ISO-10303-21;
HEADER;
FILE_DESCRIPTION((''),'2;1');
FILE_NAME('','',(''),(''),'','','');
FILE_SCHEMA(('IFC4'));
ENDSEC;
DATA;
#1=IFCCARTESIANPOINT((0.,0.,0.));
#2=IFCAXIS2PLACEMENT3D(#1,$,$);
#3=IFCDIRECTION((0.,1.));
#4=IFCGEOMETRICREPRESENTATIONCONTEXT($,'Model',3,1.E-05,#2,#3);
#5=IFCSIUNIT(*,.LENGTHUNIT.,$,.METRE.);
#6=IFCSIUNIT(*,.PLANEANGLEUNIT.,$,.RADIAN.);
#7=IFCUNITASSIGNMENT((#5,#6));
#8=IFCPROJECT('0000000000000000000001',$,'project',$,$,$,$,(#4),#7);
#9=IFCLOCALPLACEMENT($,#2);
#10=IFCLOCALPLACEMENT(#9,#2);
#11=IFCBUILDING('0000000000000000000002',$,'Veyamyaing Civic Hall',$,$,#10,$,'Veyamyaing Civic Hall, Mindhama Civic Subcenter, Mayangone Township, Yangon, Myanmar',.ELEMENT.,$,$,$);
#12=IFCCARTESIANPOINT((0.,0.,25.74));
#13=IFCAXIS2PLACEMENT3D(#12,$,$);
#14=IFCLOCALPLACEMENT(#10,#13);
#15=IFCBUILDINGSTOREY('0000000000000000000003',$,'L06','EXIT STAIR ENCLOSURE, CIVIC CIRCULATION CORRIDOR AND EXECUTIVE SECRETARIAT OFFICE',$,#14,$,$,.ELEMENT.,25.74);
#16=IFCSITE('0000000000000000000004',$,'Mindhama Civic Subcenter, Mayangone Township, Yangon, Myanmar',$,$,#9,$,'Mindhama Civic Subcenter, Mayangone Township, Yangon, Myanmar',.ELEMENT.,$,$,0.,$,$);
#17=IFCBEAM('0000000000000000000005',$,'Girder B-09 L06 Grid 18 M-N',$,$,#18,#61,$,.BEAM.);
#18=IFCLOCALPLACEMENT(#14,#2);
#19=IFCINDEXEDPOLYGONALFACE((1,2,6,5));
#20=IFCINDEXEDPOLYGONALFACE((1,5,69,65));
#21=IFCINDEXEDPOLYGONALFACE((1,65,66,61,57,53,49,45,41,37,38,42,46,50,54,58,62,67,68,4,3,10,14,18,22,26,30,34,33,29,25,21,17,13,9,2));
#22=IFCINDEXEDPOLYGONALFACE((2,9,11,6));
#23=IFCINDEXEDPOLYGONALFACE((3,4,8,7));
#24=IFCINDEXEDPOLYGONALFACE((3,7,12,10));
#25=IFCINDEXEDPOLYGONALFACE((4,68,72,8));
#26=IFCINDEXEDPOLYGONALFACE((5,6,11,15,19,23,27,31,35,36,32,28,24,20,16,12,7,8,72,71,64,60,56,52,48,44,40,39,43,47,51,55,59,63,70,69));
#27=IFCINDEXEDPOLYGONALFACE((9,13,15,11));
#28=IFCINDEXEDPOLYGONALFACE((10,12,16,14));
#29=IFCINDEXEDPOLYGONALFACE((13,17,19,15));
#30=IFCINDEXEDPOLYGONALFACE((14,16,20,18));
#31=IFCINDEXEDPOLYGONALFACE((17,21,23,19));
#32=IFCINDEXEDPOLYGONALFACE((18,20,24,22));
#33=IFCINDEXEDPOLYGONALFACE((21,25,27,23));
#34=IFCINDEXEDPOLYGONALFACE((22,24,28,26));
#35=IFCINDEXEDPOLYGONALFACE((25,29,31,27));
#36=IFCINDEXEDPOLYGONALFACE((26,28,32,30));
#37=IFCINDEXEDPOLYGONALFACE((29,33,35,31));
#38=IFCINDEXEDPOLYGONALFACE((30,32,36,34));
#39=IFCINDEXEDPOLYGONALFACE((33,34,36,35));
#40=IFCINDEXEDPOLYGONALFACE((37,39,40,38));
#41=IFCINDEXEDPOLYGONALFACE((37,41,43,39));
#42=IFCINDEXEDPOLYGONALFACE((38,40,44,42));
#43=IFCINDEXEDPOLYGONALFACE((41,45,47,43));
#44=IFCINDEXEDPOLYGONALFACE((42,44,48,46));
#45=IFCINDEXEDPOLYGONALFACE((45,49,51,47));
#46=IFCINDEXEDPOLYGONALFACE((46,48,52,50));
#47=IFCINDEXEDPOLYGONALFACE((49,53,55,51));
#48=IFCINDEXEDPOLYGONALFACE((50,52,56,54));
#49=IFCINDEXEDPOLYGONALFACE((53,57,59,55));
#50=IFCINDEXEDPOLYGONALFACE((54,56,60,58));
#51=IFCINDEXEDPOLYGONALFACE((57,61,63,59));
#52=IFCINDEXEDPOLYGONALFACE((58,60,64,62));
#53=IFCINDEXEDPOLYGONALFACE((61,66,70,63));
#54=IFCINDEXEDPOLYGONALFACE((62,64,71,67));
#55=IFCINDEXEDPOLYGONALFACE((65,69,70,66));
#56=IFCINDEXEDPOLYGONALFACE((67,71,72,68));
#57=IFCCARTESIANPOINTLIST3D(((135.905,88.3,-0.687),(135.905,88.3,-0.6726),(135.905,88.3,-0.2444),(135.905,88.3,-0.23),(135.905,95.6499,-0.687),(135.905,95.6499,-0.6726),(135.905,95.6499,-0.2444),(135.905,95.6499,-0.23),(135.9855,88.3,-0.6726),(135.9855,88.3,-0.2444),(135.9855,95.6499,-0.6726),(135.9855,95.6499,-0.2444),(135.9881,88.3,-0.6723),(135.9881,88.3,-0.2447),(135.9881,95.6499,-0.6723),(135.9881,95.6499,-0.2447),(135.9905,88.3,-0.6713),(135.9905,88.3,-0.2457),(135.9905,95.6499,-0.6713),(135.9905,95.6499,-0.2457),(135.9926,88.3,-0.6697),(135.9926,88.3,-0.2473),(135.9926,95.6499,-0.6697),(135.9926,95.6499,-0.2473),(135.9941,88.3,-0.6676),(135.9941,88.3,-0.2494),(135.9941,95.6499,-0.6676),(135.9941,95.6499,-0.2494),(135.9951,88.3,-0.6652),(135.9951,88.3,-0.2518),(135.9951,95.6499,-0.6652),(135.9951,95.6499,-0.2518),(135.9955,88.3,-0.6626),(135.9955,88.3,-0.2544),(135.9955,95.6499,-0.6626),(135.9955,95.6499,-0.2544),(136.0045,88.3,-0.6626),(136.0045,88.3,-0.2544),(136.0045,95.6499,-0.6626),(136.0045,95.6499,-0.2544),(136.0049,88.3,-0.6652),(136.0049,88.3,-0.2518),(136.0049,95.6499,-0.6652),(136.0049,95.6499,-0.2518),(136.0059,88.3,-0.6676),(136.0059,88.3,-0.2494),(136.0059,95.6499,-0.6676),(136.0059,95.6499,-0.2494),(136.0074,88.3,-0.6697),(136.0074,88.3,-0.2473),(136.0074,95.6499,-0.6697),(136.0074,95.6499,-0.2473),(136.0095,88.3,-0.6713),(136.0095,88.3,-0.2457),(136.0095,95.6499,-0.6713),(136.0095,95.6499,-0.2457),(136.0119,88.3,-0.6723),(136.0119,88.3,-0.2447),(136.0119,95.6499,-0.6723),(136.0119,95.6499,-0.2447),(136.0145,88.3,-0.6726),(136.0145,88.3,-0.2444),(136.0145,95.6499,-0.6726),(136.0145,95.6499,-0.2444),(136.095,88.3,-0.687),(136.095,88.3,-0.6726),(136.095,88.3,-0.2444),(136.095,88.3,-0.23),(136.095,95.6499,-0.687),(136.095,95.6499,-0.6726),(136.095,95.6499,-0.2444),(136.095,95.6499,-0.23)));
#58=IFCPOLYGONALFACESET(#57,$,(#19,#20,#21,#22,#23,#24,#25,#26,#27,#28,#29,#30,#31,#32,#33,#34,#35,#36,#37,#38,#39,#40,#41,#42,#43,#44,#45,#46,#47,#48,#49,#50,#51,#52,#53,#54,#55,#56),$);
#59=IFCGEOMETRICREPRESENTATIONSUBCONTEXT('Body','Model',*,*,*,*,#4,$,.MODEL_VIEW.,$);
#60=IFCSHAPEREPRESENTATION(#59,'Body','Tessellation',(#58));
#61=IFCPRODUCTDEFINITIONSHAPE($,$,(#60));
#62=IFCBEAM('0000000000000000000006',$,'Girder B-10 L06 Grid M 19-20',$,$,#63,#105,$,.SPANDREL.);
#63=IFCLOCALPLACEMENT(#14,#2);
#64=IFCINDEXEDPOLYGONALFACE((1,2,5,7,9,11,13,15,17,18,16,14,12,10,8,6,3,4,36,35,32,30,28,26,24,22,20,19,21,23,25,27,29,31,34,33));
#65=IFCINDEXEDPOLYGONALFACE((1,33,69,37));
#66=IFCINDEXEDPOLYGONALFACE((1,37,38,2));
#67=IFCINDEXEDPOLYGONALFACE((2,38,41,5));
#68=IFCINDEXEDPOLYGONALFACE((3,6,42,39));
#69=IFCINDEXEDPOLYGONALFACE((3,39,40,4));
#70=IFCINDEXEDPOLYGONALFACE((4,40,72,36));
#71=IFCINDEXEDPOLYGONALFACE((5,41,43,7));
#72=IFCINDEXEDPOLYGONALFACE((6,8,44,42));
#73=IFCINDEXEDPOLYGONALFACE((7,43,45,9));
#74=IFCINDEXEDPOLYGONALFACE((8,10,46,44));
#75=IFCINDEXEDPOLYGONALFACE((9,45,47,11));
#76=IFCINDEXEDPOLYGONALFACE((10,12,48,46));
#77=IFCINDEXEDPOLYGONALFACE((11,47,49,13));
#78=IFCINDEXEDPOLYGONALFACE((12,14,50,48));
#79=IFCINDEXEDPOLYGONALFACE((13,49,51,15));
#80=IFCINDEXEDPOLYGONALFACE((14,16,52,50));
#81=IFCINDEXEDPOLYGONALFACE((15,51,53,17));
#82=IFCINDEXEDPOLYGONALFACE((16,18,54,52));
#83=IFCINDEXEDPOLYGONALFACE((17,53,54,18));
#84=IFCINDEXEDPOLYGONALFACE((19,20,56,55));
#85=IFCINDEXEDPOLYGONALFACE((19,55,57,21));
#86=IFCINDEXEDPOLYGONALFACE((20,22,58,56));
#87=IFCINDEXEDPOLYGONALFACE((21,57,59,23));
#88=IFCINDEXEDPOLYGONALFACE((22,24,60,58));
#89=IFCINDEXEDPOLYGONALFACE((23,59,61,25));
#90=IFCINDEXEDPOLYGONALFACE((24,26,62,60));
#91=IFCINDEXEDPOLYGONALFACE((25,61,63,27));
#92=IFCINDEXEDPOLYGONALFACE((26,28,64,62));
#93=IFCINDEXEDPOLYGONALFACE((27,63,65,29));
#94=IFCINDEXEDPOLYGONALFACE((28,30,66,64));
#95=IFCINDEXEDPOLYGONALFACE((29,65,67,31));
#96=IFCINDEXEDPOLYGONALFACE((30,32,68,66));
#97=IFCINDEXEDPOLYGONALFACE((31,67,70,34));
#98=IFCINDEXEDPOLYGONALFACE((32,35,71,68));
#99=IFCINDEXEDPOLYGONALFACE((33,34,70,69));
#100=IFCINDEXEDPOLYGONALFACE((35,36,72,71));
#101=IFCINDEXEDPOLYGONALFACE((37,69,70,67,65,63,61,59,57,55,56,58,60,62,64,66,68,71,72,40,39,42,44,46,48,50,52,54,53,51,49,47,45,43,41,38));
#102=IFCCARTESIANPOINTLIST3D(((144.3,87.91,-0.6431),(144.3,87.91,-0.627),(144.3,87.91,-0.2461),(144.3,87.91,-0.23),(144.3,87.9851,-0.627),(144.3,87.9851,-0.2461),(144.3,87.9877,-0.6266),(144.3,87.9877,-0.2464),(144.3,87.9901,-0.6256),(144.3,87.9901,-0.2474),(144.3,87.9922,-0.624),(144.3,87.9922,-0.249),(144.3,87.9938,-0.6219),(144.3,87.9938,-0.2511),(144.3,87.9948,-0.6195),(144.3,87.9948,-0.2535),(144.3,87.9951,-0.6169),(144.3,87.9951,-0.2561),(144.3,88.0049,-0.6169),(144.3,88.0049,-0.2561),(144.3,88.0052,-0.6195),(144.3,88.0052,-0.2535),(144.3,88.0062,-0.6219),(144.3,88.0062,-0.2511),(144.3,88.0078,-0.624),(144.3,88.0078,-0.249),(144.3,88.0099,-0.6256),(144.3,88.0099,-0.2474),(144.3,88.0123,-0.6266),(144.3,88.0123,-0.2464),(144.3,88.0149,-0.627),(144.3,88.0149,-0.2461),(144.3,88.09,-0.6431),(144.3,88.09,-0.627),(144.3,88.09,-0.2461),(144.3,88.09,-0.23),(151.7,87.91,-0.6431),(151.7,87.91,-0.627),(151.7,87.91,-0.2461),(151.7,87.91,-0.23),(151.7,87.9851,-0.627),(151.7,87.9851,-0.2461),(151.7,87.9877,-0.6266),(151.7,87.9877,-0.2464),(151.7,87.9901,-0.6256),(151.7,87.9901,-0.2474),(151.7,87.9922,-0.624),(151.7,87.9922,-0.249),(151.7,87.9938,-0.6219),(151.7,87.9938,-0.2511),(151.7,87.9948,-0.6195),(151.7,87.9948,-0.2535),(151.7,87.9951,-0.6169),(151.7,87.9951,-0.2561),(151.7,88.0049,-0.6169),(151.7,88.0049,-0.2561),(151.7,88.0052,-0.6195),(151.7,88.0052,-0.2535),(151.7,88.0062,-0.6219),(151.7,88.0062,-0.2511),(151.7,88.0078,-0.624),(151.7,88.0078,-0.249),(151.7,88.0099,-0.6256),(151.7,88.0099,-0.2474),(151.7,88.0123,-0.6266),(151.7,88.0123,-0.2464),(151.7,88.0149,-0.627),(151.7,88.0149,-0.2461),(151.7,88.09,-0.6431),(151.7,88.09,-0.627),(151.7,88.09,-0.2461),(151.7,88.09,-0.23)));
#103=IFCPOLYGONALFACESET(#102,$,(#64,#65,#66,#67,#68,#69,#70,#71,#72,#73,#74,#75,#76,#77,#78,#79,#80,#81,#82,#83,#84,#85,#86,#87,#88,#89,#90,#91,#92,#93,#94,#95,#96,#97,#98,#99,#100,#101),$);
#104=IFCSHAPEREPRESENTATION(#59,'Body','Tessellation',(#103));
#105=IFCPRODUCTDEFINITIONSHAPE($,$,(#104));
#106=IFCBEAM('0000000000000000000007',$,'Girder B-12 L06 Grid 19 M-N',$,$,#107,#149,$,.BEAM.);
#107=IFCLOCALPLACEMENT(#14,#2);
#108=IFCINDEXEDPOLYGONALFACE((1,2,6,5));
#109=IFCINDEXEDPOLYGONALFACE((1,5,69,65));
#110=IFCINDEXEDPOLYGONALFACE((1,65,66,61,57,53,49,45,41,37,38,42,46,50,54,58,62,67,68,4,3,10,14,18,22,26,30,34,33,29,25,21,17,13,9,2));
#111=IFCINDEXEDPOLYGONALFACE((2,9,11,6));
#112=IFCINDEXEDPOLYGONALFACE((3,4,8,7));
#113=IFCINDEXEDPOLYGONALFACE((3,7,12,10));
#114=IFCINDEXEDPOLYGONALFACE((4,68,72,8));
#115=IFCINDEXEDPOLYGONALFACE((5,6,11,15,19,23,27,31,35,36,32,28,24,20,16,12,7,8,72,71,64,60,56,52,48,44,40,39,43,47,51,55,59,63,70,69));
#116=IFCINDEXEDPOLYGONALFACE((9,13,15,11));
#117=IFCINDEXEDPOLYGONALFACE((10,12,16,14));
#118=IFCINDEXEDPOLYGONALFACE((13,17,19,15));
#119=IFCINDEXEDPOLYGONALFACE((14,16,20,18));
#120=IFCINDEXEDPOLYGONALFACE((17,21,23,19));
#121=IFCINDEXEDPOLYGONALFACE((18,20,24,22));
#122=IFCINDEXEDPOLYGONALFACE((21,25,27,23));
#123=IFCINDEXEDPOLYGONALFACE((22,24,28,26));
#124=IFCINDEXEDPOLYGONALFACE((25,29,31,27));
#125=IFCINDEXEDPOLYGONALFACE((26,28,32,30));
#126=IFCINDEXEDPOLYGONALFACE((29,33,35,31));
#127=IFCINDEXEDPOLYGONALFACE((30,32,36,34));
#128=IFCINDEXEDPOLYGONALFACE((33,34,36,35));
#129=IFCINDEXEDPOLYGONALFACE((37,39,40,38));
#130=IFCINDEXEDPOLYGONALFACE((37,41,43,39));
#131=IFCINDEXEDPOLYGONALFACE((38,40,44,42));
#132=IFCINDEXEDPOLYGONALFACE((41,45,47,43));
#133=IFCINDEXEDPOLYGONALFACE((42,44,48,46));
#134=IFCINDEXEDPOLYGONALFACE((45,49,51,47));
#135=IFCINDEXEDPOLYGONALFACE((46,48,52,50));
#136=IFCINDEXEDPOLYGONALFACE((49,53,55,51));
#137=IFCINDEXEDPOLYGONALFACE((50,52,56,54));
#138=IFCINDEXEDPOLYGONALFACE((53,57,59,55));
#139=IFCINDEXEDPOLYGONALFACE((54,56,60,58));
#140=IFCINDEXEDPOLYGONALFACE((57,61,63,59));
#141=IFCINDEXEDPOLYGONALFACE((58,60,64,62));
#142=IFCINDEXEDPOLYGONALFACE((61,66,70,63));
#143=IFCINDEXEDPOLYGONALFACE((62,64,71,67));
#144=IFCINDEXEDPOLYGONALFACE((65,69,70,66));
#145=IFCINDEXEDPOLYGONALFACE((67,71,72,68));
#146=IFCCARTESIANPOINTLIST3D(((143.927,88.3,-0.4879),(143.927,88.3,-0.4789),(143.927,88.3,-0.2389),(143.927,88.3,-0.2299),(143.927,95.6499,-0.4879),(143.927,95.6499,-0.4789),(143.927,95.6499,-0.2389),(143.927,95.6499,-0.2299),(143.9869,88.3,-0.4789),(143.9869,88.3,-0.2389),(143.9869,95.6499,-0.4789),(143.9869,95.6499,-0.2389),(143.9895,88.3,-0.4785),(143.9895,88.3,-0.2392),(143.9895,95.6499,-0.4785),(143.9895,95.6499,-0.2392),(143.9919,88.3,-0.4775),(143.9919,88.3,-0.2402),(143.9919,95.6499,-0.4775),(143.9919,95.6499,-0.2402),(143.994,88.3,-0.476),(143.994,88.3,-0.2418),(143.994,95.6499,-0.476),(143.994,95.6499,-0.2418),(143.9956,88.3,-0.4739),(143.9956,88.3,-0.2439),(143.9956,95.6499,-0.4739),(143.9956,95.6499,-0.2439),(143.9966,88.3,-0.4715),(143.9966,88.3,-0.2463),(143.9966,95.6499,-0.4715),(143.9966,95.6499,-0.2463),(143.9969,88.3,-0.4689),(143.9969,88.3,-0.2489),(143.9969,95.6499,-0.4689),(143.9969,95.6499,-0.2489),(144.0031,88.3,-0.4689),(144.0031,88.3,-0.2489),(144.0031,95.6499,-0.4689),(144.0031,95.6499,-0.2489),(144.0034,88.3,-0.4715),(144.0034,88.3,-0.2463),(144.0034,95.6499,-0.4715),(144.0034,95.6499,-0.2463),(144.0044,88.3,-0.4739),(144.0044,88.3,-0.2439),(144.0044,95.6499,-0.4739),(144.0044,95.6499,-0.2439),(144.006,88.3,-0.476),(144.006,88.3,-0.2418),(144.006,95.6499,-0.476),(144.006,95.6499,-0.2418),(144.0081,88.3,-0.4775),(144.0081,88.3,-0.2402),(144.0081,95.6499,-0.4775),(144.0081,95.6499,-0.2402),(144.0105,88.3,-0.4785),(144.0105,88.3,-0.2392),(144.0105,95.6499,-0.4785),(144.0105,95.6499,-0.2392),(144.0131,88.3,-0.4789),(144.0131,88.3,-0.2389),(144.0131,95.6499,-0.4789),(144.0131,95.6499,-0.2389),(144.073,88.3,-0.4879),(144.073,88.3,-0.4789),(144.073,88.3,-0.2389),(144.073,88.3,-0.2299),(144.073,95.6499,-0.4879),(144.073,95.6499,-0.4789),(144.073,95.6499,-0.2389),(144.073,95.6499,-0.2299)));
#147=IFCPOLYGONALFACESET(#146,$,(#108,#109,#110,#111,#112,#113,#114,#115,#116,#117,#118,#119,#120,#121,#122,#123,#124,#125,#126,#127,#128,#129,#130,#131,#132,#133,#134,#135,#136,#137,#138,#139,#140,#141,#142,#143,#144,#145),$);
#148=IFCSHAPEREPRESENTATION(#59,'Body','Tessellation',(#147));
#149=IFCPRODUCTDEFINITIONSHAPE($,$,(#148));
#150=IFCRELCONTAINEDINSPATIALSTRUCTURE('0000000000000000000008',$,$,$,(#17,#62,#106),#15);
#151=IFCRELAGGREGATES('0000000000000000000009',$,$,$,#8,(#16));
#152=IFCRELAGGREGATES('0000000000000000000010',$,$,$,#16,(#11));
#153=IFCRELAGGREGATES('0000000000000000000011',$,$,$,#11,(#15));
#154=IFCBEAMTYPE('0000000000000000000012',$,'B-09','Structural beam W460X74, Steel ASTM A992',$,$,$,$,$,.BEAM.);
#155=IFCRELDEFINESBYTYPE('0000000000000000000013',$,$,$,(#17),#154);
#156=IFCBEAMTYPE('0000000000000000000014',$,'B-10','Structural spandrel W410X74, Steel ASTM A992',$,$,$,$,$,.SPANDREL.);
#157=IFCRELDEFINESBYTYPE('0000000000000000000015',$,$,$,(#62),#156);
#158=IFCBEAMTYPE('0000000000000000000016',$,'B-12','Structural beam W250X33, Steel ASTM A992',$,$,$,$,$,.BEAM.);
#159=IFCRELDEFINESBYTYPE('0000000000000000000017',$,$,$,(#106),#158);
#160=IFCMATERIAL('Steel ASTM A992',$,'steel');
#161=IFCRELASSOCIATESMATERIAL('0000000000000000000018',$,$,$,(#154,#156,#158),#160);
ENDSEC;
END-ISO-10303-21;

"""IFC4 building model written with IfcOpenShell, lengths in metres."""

from ifc_helpers import new_model, si_unit, direction, frame, origin, origin_2d, place, context, subcontext, project, spatial, i_section, extrude, material, material_profile, profile_set, type_object, element, save


model = new_model("IFC4")

# Units and contexts
model_context = context("Model", 3, precision=1e-05, world=origin(), true_north=direction((0.0, 1.0)))
body_context = subcontext(model_context, "Body", "Model", "MODEL_VIEW")
ifc_project = project(units=[si_unit("LENGTHUNIT", "METRE"), si_unit("PLANEANGLEUNIT", "RADIAN")], contexts=[model_context])

# Site, building, storey
site_placement = place(None, origin())
site = spatial("IfcSite", under=ifc_project, at=site_placement, Name="Mindhama Civic Subcenter, Mayangone Township, Yangon, Myanmar", LongName="Mindhama Civic Subcenter, Mayangone Township, Yangon, Myanmar", CompositionType="ELEMENT", RefElevation=0.0)
building_placement = place(site_placement, origin())
building = spatial("IfcBuilding", under=site, at=building_placement, Name="Veyamyaing Civic Hall", LongName="Veyamyaing Civic Hall, Mindhama Civic Subcenter, Mayangone Township, Yangon, Myanmar", CompositionType="ELEMENT")
storey_placement = place(building_placement, frame((0.0, 0.0, 25.74)))
storey = spatial("IfcBuildingStorey", under=building, at=storey_placement, Name="L06", Description="EXIT STAIR ENCLOSURE, CIVIC CIRCULATION CORRIDOR AND EXECUTIVE SECRETARIAT OFFICE", CompositionType="ELEMENT", Elevation=25.74)

# Beams
ifc_material_1 = material(Name="Steel ASTM A992", Category="steel")
ifc_material_profile_1 = material_profile(ifc_material_1, i_section(OverallWidth=0.1899, OverallDepth=0.457, WebThickness=0.009, FlangeThickness=0.0144, FilletRadius=0.01, at=origin_2d()), Name="W460X74")
ifc_profile_set_1 = profile_set([ifc_material_profile_1], Name="Steel ASTM A992")
beam_type_1 = type_object("IfcBeamType", Name="B-09", Description="Structural beam W460X74, Steel ASTM A992", PredefinedType="BEAM", material=ifc_profile_set_1)
beam_1_placement = place(storey_placement, frame((136.0, 88.3, -0.4585), z_axis=(0.0, 1.0, 0.0), x_axis=(-1.0, 0.0, 0.0)))
element("IfcBeam", 1, at=beam_1_placement, inside=storey, type_object=beam_type_1, Name="Girder B-09 L06 Grid 18 M-N", PredefinedType="BEAM", context=body_context, shape_type="SweptSolid", body=[
    extrude(i_section(OverallWidth=0.1899, OverallDepth=0.457, WebThickness=0.009, FlangeThickness=0.0144, FilletRadius=0.01, at=origin_2d()), origin(), (0.0, 0.0, 1.0), 7.3499),
])
ifc_material_profile_2 = material_profile(ifc_material_1, i_section(OverallWidth=0.1799, OverallDepth=0.4131, WebThickness=0.0098, FlangeThickness=0.0161, FilletRadius=0.01, at=origin_2d()), Name="W410X74")
ifc_profile_set_2 = profile_set([ifc_material_profile_2], Name="Steel ASTM A992")
beam_type_2 = type_object("IfcBeamType", Name="B-10", Description="Structural spandrel W410X74, Steel ASTM A992", PredefinedType="SPANDREL", material=ifc_profile_set_2)
beam_2_placement = place(storey_placement, frame((144.3, 88.0, -0.4365), z_axis=(1.0, 0.0, 0.0), x_axis=(0.0, 1.0, 0.0)))
element("IfcBeam", 2, at=beam_2_placement, inside=storey, type_object=beam_type_2, Name="Girder B-10 L06 Grid M 19-20", PredefinedType="SPANDREL", context=body_context, shape_type="SweptSolid", body=[
    extrude(i_section(OverallWidth=0.1799, OverallDepth=0.4131, WebThickness=0.0098, FlangeThickness=0.0161, FilletRadius=0.01, at=origin_2d()), origin(), (0.0, 0.0, 1.0), 7.3999),
])
ifc_material_profile_3 = material_profile(ifc_material_1, i_section(OverallWidth=0.146, OverallDepth=0.2581, WebThickness=0.0061, FlangeThickness=0.009, FilletRadius=0.01, at=origin_2d()), Name="W250X33")
ifc_profile_set_3 = profile_set([ifc_material_profile_3], Name="Steel ASTM A992")
beam_type_3 = type_object("IfcBeamType", Name="B-12", Description="Structural beam W250X33, Steel ASTM A992", PredefinedType="BEAM", material=ifc_profile_set_3)
beam_3_placement = place(storey_placement, frame((144.0, 88.3, -0.3589), z_axis=(0.0, 1.0, 0.0), x_axis=(-1.0, 0.0, 0.0)))
element("IfcBeam", 3, at=beam_3_placement, inside=storey, type_object=beam_type_3, Name="Girder B-12 L06 Grid 19 M-N", PredefinedType="BEAM", context=body_context, shape_type="SweptSolid", body=[
    extrude(i_section(OverallWidth=0.146, OverallDepth=0.2581, WebThickness=0.0061, FlangeThickness=0.009, FilletRadius=0.01, at=origin_2d()), origin(), (0.0, 0.0, 1.0), 7.3499),
])

save(model, "model.ifc")
